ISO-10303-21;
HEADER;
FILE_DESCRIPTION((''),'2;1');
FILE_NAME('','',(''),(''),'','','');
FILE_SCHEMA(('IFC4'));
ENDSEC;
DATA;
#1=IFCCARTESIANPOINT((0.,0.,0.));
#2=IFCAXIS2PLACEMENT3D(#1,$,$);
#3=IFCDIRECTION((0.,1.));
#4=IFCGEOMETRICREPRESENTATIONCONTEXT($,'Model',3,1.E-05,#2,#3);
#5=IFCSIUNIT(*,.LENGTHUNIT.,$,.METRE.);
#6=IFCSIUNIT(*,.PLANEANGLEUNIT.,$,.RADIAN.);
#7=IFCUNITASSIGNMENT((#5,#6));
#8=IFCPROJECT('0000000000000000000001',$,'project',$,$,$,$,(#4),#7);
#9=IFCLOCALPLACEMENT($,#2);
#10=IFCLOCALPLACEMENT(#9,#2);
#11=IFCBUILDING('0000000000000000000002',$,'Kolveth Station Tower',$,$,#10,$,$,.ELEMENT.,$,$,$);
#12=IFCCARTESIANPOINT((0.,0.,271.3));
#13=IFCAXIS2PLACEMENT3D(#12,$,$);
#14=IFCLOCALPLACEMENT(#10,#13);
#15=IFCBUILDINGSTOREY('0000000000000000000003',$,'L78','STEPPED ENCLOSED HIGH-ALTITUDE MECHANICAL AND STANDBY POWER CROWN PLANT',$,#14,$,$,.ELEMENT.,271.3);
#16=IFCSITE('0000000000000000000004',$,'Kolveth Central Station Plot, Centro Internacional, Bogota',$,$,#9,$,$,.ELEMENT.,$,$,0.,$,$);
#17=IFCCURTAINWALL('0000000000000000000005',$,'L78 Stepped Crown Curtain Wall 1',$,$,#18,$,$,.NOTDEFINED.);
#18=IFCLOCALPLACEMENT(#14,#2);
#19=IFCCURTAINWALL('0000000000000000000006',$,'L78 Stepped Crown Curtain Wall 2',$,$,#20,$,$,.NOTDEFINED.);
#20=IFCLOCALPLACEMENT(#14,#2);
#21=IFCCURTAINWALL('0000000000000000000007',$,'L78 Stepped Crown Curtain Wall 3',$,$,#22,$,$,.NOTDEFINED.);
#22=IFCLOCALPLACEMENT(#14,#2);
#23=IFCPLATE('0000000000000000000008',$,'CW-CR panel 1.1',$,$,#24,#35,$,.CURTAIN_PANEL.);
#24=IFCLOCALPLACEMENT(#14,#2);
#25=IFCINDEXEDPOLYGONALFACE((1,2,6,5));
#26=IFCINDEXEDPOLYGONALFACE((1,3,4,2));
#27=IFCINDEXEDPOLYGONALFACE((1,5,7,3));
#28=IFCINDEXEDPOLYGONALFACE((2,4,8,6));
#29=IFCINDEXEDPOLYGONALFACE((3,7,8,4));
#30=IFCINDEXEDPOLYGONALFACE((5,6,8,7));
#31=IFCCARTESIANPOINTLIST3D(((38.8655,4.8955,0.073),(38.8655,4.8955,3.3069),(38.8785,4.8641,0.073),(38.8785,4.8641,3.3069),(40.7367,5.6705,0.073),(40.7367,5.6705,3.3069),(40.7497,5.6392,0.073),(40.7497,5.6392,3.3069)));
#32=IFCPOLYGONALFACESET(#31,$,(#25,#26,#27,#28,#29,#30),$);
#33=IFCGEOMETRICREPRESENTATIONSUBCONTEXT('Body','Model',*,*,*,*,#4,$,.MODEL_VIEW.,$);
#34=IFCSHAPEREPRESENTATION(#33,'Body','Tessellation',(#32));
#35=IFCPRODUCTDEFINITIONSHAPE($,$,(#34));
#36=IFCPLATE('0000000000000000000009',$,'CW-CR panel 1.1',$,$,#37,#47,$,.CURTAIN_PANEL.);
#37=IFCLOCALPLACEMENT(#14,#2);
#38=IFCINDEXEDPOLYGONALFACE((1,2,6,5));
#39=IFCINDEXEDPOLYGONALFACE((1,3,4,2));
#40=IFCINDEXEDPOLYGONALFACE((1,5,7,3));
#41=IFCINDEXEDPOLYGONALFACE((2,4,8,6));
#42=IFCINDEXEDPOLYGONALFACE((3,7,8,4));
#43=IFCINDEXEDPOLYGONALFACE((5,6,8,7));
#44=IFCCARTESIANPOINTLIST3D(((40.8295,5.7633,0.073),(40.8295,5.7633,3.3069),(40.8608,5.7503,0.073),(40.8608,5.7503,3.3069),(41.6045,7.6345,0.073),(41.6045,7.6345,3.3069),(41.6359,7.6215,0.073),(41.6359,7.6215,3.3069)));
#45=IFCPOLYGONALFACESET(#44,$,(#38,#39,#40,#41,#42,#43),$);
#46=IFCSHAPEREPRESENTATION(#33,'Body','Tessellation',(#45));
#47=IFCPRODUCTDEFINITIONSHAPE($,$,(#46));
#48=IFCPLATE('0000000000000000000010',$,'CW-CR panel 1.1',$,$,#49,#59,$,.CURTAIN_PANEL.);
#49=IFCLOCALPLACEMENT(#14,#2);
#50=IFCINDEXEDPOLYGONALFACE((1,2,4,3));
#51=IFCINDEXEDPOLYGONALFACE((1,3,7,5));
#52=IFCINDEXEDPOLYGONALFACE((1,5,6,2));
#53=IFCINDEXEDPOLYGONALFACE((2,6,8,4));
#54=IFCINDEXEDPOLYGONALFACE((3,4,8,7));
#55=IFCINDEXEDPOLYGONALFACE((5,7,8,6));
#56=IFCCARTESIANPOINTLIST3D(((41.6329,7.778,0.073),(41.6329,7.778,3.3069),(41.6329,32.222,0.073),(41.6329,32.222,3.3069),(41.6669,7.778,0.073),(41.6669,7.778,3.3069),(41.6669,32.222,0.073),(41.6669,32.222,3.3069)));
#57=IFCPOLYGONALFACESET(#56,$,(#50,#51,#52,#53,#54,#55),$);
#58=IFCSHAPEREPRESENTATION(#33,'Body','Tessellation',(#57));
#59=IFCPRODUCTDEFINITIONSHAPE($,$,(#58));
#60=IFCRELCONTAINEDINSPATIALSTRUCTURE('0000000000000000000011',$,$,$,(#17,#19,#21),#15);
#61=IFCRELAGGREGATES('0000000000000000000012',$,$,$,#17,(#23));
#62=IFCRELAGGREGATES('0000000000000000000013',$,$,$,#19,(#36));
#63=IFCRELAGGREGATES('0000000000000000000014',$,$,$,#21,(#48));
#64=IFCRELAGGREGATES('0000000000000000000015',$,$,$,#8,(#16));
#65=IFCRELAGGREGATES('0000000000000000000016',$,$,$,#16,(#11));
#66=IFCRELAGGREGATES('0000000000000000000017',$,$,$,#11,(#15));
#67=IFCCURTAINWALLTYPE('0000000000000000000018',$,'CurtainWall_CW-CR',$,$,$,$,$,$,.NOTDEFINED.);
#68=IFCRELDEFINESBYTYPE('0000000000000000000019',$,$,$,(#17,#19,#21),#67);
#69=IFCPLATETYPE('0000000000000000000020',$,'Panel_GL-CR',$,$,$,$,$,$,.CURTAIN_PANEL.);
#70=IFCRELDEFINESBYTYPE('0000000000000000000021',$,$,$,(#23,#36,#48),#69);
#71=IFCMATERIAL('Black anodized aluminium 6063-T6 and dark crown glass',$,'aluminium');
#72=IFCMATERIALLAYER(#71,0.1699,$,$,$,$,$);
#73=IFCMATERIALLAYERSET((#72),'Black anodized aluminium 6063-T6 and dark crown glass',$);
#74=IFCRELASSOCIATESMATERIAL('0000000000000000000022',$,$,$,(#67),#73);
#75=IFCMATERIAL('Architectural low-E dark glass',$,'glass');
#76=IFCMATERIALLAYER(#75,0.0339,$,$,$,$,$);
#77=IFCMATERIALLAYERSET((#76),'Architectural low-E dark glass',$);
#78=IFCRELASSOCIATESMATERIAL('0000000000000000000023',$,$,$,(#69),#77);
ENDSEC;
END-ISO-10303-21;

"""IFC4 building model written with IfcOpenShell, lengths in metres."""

from ifc_helpers import new_model, si_unit, direction, frame, origin, origin_2d, place, context, subcontext, project, spatial, rectangle, extrude, source, transform, mapped, material, layer, layer_set, type_object, element, aggregate, save


model = new_model("IFC4")

# Units and contexts
model_context = context("Model", 3, precision=1e-05, world=origin(), true_north=direction((0.0, 1.0)))
body_context = subcontext(model_context, "Body", "Model", "MODEL_VIEW")
ifc_project = project(units=[si_unit("LENGTHUNIT", "METRE"), si_unit("PLANEANGLEUNIT", "RADIAN")], contexts=[model_context])

# Site, building, storey
site_placement = place(None, origin())
site = spatial("IfcSite", under=ifc_project, at=site_placement, Name="Kolveth Central Station Plot, Centro Internacional, Bogota", CompositionType="ELEMENT", RefElevation=0.0)
building_placement = place(site_placement, origin())
building = spatial("IfcBuilding", under=site, at=building_placement, Name="Kolveth Station Tower", CompositionType="ELEMENT")
storey_placement = place(building_placement, frame((0.0, 0.0, 271.3)))
storey = spatial("IfcBuildingStorey", under=building, at=storey_placement, Name="L78", Description="STEPPED ENCLOSED HIGH-ALTITUDE MECHANICAL AND STANDBY POWER CROWN PLANT", CompositionType="ELEMENT", Elevation=271.3)

# Curtain walls
ifc_material_1 = material(Name="Black anodized aluminium 6063-T6 and dark crown glass", Category="aluminium")
ifc_layer_1 = layer(ifc_material_1, 0.1699)
ifc_layer_set_1 = layer_set([ifc_layer_1], Name="Black anodized aluminium 6063-T6 and dark crown glass")
curtain_wall_type = type_object("IfcCurtainWallType", Name="CurtainWall_CW-CR", PredefinedType="NOTDEFINED", material=ifc_layer_set_1)
curtain_wall_1_placement = place(storey_placement, origin())
curtain_wall_1 = element("IfcCurtainWall", 1, at=curtain_wall_1_placement, inside=storey, type_object=curtain_wall_type, Name="L78 Stepped Crown Curtain Wall 1", PredefinedType="NOTDEFINED")
curtain_wall_2_placement = place(storey_placement, origin())
curtain_wall_2 = element("IfcCurtainWall", 2, at=curtain_wall_2_placement, inside=storey, type_object=curtain_wall_type, Name="L78 Stepped Crown Curtain Wall 2", PredefinedType="NOTDEFINED")

# Curtain wall
curtain_wall_3_placement = place(storey_placement, origin())
curtain_wall_3 = element("IfcCurtainWall", 3, at=curtain_wall_3_placement, inside=storey, type_object=curtain_wall_type, Name="L78 Stepped Crown Curtain Wall 3", PredefinedType="NOTDEFINED")

# Plates
ifc_material_2 = material(Name="Architectural low-E dark glass", Category="glass")
ifc_layer_2 = layer(ifc_material_2, 0.0339)
ifc_layer_set_2 = layer_set([ifc_layer_2], Name="Architectural low-E dark glass")
plate_type_1 = type_object("IfcPlateType", Name="Panel_GL-CR", PredefinedType="CURTAIN_PANEL", material=ifc_layer_set_2)
shared_shape_1 = source(origin(), body_context, "Body", "SweptSolid", [
    extrude(rectangle(XDim=2.0254, YDim=0.0339, at=origin_2d()), origin(), (0.0, 0.0, 1.0), 3.2339),
])
plate_1_placement = place(storey_placement, frame((39.8076, 5.2673, 0.073), z_axis=(0.0, 0.0, 1.0), x_axis=(0.92389, 0.382658, 0.0)))
plate_1 = element("IfcPlate", 4, at=plate_1_placement, type_object=plate_type_1, Name="CW-CR panel 1.1", PredefinedType="CURTAIN_PANEL", context=body_context, shape_type="MappedRepresentation", body=[
    mapped(shared_shape_1, transform((0.0, 0.0, 0.0), x_axis=(1.0, 0.0, 0.0), y_axis=(0.0, 1.0, 0.0), z_axis=(0.0, 0.0, 1.0), scale=1.0)),
])
aggregate(curtain_wall_1, [plate_1])
plate_2_placement = place(storey_placement, frame((41.2327, 6.6924, 0.073), z_axis=(0.0, 0.0, 1.0), x_axis=(0.382658, 0.92389, 0.0)))
plate_2 = element("IfcPlate", 5, at=plate_2_placement, type_object=plate_type_1, Name="CW-CR panel 1.1", PredefinedType="CURTAIN_PANEL", context=body_context, shape_type="MappedRepresentation", body=[
    mapped(shared_shape_1, transform((0.0, 0.0, 0.0), x_axis=(1.0, 0.0, 0.0), y_axis=(0.0, 1.0, 0.0), z_axis=(0.0, 0.0, 1.0), scale=1.0)),
])
aggregate(curtain_wall_2, [plate_2])
shared_shape_2 = source(origin(), body_context, "Body", "SweptSolid", [
    extrude(rectangle(XDim=24.4441, YDim=0.0339, at=origin_2d()), origin(), (0.0, 0.0, 1.0), 3.2339),
])
plate_3_placement = place(storey_placement, frame((41.6499, 20.0, 0.073), z_axis=(0.0, 0.0, 1.0), x_axis=(0.0, 1.0, 0.0)))
plate_3 = element("IfcPlate", 6, at=plate_3_placement, type_object=plate_type_1, Name="CW-CR panel 1.1", PredefinedType="CURTAIN_PANEL", context=body_context, shape_type="MappedRepresentation", body=[
    mapped(shared_shape_2, transform((0.0, 0.0, 0.0), x_axis=(1.0, 0.0, 0.0), y_axis=(0.0, 1.0, 0.0), z_axis=(0.0, 0.0, 1.0), scale=1.0)),
])
aggregate(curtain_wall_3, [plate_3])

save(model, "model.ifc")
